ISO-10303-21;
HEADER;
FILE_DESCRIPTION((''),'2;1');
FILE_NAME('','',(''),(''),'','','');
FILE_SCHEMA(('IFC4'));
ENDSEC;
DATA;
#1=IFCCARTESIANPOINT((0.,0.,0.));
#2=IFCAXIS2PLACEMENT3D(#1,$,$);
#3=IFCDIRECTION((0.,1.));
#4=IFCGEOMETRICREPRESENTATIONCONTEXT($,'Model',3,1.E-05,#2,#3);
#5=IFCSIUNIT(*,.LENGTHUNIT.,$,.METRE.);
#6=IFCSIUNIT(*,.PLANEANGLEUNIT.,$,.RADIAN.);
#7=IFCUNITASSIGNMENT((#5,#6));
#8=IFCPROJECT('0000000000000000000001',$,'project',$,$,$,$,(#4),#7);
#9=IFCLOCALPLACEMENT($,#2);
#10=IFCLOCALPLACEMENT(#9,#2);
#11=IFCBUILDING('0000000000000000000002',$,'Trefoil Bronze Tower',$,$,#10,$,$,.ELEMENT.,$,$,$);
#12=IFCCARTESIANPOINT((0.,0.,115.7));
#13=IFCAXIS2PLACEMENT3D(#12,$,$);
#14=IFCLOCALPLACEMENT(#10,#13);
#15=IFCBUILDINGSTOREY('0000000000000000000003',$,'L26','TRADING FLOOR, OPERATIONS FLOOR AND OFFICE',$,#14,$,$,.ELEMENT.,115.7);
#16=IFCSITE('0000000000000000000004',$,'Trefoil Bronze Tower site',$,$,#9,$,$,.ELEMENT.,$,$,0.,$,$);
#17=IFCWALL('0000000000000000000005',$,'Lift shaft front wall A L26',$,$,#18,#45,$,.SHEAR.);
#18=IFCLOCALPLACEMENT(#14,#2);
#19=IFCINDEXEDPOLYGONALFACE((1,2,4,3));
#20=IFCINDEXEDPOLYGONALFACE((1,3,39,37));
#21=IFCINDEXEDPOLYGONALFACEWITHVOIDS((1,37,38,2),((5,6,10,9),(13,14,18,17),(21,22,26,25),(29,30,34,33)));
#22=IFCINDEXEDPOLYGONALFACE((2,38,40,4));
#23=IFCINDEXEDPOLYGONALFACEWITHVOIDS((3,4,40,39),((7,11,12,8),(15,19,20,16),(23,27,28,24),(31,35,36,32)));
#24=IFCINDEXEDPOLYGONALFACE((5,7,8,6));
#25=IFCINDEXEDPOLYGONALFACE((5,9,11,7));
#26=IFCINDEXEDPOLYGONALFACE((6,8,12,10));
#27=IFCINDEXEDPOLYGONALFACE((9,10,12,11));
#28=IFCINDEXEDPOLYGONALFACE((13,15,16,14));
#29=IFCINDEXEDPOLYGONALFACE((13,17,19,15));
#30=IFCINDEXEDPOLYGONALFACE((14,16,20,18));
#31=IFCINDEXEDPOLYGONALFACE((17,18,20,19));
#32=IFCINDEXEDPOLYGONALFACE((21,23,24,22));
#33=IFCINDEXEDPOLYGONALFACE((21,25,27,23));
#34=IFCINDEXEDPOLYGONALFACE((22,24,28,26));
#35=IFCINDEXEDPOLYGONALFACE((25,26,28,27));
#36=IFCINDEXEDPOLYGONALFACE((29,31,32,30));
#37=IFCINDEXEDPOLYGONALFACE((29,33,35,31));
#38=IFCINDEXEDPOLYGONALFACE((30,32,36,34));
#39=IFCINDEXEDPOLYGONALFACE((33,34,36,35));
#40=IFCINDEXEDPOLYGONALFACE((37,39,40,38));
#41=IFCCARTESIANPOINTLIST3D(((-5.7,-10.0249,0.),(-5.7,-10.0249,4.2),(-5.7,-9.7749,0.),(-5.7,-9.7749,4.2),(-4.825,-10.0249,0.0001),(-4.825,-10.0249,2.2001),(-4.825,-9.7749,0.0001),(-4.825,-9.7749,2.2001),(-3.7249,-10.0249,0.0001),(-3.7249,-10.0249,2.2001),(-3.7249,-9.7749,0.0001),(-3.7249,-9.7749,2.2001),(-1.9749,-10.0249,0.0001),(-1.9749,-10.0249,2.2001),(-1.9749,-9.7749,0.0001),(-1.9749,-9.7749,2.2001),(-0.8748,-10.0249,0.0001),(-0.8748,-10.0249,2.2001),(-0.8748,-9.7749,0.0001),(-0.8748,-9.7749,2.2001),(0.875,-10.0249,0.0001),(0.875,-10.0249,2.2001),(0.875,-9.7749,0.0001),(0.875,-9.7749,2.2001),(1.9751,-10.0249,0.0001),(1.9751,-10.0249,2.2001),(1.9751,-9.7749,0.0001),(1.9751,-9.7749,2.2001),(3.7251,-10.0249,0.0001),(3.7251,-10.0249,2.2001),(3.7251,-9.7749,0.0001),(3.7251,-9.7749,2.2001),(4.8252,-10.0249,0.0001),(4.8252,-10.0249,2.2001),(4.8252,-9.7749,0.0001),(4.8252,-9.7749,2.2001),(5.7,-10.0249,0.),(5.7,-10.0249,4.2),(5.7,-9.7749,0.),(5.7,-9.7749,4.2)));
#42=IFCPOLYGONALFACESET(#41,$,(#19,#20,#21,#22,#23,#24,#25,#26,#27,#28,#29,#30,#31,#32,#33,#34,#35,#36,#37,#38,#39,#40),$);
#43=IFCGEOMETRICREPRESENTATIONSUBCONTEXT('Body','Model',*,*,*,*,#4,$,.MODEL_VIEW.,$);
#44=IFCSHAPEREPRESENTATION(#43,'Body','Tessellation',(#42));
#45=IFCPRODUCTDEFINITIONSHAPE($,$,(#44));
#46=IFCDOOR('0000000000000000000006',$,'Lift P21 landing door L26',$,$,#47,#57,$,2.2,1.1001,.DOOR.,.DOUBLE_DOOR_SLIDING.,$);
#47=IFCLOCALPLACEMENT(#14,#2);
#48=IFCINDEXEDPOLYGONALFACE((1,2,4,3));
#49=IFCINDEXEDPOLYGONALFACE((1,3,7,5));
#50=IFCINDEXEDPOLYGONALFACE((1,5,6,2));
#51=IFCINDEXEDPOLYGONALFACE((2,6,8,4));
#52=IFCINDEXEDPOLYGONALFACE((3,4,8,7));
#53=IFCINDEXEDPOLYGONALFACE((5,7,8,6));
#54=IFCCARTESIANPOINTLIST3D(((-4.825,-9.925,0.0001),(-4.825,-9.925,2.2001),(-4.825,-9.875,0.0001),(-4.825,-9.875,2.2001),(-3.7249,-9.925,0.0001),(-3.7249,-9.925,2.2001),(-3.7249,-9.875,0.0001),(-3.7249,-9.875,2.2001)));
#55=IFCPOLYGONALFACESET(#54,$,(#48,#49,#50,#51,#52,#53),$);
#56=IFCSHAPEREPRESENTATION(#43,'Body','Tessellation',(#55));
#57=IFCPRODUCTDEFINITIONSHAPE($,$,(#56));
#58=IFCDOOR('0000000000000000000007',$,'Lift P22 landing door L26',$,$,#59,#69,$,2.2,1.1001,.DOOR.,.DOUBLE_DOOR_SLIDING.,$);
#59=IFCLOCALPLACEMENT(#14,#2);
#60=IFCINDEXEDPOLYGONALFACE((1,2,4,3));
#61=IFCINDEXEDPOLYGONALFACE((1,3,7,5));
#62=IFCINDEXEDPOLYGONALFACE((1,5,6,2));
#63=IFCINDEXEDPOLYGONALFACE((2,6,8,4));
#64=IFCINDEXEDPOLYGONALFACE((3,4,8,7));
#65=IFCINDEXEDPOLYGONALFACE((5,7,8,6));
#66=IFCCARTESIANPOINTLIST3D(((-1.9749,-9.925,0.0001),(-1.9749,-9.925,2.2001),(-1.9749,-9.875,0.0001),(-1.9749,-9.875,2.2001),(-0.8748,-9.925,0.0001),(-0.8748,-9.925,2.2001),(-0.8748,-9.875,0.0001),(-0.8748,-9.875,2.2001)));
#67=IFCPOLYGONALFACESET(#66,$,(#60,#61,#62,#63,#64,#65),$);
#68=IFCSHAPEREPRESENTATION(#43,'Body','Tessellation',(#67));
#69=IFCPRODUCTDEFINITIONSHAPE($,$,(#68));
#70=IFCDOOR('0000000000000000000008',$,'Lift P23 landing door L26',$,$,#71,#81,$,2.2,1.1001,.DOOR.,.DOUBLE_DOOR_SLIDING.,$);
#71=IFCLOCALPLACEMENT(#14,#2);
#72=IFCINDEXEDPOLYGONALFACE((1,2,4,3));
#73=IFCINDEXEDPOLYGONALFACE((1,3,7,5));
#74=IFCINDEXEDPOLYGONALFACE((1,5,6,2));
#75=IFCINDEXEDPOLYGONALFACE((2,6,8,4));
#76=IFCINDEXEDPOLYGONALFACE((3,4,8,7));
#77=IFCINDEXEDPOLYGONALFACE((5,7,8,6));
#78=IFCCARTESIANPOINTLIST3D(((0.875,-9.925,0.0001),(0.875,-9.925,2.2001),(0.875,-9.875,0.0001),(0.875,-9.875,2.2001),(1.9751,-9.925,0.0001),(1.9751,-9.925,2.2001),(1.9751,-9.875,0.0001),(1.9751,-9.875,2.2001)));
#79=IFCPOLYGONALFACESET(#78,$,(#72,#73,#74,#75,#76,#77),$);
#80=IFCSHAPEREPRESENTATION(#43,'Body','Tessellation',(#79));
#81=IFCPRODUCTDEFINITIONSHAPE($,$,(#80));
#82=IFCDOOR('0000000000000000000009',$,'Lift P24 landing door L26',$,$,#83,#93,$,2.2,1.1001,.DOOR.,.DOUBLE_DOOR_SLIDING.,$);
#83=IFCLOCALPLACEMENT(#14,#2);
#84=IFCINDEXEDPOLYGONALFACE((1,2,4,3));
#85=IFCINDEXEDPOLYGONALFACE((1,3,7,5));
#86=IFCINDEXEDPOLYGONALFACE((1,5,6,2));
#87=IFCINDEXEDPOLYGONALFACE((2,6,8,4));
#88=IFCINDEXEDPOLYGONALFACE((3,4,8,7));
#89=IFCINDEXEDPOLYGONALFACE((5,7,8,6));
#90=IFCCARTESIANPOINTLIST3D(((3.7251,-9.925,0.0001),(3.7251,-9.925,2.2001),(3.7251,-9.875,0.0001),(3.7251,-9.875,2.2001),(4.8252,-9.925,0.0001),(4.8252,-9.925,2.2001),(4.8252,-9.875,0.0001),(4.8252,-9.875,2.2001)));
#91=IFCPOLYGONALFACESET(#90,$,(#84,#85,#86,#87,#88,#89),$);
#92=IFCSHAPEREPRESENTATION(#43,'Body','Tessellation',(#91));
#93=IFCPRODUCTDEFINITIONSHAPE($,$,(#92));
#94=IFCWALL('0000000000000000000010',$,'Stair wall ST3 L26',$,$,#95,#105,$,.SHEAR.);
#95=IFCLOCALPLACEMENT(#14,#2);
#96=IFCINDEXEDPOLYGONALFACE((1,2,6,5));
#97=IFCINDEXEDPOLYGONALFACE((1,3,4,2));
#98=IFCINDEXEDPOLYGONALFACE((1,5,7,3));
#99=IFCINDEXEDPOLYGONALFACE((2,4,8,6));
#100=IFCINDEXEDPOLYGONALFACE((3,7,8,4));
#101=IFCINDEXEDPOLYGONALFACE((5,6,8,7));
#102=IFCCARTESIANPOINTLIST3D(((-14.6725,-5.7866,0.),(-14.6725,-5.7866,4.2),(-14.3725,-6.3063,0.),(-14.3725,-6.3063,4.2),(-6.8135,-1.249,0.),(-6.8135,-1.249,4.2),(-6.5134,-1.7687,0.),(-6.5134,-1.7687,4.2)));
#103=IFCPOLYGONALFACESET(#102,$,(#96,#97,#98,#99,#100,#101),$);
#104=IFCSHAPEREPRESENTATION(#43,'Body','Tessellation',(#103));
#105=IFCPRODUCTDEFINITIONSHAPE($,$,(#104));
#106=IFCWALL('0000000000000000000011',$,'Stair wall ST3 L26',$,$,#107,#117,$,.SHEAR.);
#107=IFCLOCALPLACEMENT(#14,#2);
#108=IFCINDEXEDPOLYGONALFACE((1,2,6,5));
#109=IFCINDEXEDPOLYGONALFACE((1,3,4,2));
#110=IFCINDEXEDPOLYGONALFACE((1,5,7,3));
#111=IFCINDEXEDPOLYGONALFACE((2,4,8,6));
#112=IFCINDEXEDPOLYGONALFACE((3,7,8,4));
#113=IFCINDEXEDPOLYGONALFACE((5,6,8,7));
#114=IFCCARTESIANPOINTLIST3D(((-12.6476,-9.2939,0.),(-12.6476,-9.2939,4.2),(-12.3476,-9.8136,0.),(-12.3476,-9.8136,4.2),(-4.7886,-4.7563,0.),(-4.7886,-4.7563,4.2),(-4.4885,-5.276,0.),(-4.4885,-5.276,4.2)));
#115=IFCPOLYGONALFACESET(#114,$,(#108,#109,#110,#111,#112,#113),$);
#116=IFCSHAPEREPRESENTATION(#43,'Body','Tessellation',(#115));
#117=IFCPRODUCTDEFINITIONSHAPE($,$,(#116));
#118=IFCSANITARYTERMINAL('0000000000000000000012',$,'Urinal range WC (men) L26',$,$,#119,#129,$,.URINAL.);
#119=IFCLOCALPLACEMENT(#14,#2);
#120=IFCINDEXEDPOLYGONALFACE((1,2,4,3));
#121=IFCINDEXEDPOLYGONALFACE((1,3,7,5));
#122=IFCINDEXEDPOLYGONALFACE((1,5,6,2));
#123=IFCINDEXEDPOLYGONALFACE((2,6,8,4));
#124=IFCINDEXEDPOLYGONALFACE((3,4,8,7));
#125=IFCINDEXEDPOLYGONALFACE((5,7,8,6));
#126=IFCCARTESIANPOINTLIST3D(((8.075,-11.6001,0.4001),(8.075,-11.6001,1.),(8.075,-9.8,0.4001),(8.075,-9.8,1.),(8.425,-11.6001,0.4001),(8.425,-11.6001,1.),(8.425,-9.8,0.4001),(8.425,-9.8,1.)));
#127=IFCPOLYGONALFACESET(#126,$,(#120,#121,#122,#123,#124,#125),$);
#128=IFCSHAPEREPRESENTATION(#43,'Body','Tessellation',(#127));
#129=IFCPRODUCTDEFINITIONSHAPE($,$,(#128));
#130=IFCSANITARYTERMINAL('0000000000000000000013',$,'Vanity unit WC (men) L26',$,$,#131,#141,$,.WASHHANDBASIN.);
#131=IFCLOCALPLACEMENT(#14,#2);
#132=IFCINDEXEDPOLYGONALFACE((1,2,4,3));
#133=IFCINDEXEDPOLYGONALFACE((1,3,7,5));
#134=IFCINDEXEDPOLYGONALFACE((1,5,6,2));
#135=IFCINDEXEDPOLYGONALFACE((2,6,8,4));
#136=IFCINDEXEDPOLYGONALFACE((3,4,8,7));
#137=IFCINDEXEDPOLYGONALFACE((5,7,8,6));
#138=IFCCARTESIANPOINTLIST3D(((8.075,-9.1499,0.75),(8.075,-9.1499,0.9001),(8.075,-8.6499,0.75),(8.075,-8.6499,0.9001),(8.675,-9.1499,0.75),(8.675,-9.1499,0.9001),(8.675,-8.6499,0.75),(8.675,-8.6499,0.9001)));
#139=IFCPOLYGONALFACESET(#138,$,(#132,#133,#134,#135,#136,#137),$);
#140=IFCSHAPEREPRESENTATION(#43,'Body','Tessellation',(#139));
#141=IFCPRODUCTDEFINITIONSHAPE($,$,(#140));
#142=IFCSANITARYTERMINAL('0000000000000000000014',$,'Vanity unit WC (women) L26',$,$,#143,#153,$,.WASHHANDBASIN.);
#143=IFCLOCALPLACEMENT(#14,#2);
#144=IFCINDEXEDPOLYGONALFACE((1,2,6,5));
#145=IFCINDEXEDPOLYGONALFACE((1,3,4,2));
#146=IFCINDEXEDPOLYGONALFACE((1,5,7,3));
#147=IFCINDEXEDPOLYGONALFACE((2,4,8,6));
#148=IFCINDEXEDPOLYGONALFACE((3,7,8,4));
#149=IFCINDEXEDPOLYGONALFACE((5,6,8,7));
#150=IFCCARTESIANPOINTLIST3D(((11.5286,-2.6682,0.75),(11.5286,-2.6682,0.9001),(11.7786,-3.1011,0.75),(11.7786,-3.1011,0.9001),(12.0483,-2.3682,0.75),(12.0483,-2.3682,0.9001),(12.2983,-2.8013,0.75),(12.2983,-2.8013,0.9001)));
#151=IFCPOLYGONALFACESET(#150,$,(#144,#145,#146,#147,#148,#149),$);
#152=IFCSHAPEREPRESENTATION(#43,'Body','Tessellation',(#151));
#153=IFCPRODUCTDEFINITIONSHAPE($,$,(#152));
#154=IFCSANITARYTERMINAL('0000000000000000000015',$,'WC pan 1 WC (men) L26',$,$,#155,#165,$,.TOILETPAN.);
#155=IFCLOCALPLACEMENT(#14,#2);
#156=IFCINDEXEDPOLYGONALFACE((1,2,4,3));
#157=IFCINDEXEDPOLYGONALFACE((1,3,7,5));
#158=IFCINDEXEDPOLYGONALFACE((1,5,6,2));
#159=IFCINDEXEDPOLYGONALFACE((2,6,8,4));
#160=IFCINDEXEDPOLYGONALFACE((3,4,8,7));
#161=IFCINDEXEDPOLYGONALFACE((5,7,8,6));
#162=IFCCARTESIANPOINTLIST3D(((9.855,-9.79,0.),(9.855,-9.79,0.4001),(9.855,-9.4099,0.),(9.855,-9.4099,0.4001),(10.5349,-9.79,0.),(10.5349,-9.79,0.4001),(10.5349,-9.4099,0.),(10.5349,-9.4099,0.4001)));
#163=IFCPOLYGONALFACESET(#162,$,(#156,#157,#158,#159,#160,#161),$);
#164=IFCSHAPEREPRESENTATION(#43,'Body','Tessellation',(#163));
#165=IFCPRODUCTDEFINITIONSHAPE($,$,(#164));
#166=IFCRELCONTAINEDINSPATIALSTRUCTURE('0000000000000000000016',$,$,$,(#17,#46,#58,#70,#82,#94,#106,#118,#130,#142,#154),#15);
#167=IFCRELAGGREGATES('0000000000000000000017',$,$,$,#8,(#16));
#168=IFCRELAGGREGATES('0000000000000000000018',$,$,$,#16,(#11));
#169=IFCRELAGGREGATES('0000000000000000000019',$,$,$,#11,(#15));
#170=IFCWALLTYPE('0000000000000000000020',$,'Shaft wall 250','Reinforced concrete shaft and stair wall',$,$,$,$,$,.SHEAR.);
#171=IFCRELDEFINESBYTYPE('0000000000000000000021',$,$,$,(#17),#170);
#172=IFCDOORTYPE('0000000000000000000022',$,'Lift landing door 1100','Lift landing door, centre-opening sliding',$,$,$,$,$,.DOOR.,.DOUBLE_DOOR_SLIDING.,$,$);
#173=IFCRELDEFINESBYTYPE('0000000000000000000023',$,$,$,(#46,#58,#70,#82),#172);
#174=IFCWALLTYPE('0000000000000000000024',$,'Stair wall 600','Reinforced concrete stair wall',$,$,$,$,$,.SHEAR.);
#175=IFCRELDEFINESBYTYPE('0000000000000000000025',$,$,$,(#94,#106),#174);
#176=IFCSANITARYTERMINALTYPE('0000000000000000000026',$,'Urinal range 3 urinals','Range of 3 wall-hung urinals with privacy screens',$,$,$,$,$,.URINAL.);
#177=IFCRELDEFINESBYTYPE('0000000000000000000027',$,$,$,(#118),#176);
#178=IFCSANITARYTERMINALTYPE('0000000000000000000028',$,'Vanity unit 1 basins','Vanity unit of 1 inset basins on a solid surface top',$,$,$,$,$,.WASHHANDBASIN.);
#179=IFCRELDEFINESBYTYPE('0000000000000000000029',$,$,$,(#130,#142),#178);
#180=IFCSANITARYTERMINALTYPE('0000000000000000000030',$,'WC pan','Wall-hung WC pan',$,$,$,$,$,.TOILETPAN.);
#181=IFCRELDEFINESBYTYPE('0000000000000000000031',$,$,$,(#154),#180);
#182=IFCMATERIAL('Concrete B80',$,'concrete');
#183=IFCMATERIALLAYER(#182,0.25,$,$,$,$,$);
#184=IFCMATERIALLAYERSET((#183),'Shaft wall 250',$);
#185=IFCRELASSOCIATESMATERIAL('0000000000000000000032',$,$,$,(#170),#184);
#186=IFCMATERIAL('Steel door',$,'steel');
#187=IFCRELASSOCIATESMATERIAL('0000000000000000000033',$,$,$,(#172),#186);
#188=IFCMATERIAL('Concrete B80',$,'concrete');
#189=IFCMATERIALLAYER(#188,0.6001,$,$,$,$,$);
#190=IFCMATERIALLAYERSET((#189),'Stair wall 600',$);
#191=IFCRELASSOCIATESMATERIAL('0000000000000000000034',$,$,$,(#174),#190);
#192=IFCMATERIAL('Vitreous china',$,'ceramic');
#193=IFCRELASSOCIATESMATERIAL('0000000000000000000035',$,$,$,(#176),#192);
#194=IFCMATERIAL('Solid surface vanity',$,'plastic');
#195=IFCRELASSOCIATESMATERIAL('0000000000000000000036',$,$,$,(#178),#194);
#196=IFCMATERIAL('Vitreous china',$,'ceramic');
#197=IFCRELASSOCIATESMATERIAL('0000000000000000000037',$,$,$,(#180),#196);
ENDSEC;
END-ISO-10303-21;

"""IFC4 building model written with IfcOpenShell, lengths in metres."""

from ifc_helpers import new_model, si_unit, direction, frame, frame_2d, origin, place, context, subcontext, project, spatial, polyline, rectangle, outline, extrude, material, layer, layer_set, type_object, element, fill, save


model = new_model("IFC4")

# Units and contexts
model_context = context("Model", 3, precision=1e-05, world=origin(), true_north=direction((0.0, 1.0)))
body_context = subcontext(model_context, "Body", "Model", "MODEL_VIEW")
ifc_project = project(units=[si_unit("LENGTHUNIT", "METRE"), si_unit("PLANEANGLEUNIT", "RADIAN")], contexts=[model_context])

# Site, building, storey
site_placement = place(None, origin())
site = spatial("IfcSite", under=ifc_project, at=site_placement, Name="Trefoil Bronze Tower site", CompositionType="ELEMENT", RefElevation=0.0)
building_placement = place(site_placement, origin())
building = spatial("IfcBuilding", under=site, at=building_placement, Name="Trefoil Bronze Tower", CompositionType="ELEMENT")
storey_placement = place(building_placement, frame((0.0, 0.0, 115.7)))
storey = spatial("IfcBuildingStorey", under=building, at=storey_placement, Name="L26", Description="TRADING FLOOR, OPERATIONS FLOOR AND OFFICE", CompositionType="ELEMENT", Elevation=115.7)

# Wall, openings, doors
ifc_material_1 = material(Name="Concrete B80", Category="concrete")
ifc_layer_1 = layer(ifc_material_1, 0.25)
ifc_layer_set_1 = layer_set([ifc_layer_1], Name="Shaft wall 250")
wall_type_1 = type_object("IfcWallType", Name="Shaft wall 250", Description="Reinforced concrete shaft and stair wall", PredefinedType="SHEAR", material=ifc_layer_set_1)
wall_1_placement = place(storey_placement, frame((-5.7, -9.8999, 0.0), z_axis=(0.0, 0.0, 1.0), x_axis=(1.0, 0.0, 0.0)))
wall_1 = element("IfcWall", 1, at=wall_1_placement, inside=storey, type_object=wall_type_1, Name="Lift shaft front wall A L26", PredefinedType="SHEAR", context=body_context, shape_type="SweptSolid", body=[
    extrude(rectangle(XDim=11.3999, YDim=0.25, at=frame_2d((5.7, 0.0))), origin(), (0.0, 0.0, 1.0), 4.2),
])
opening_1_placement = place(wall_1_placement, frame((0.875, 0.0, 0.0)))
opening_1 = element("IfcOpeningElement", 2, at=opening_1_placement, cuts=wall_1, PredefinedType="OPENING", context=body_context, shape_type="SweptSolid", body=[
    extrude(rectangle(XDim=1.1001, YDim=2.2, at=frame_2d((0.55, 1.1001))), frame((0.0, 0.135, 0.0), z_axis=(0.0, -1.0, 0.0), x_axis=(1.0, 0.0, 0.0)), (0.0, 0.0, 1.0), 0.27),
])
opening_2_placement = place(wall_1_placement, frame((3.7251, 0.0, 0.0)))
opening_2 = element("IfcOpeningElement", 3, at=opening_2_placement, cuts=wall_1, PredefinedType="OPENING", context=body_context, shape_type="SweptSolid", body=[
    extrude(rectangle(XDim=1.1001, YDim=2.2, at=frame_2d((0.55, 1.1001))), frame((0.0, 0.135, 0.0), z_axis=(0.0, -1.0, 0.0), x_axis=(1.0, 0.0, 0.0)), (0.0, 0.0, 1.0), 0.27),
])
opening_3_placement = place(wall_1_placement, frame((6.575, 0.0, 0.0)))
opening_3 = element("IfcOpeningElement", 4, at=opening_3_placement, cuts=wall_1, PredefinedType="OPENING", context=body_context, shape_type="SweptSolid", body=[
    extrude(rectangle(XDim=1.1001, YDim=2.2, at=frame_2d((0.55, 1.1001))), frame((0.0, 0.135, 0.0), z_axis=(0.0, -1.0, 0.0), x_axis=(1.0, 0.0, 0.0)), (0.0, 0.0, 1.0), 0.27),
])
opening_4_placement = place(wall_1_placement, frame((9.425, 0.0, 0.0)))
opening_4 = element("IfcOpeningElement", 5, at=opening_4_placement, cuts=wall_1, PredefinedType="OPENING", context=body_context, shape_type="SweptSolid", body=[
    extrude(rectangle(XDim=1.1001, YDim=2.2, at=frame_2d((0.55, 1.1001))), frame((0.0, 0.135, 0.0), z_axis=(0.0, -1.0, 0.0), x_axis=(1.0, 0.0, 0.0)), (0.0, 0.0, 1.0), 0.27),
])
ifc_material_2 = material(Name="Steel door", Category="steel")
door_type_1 = type_object("IfcDoorType", Name="Lift landing door 1100", Description="Lift landing door, centre-opening sliding", OperationType="DOUBLE_DOOR_SLIDING", PredefinedType="DOOR", material=ifc_material_2)
door_1_placement = place(opening_1_placement, origin())
door_1 = element("IfcDoor", 6, at=door_1_placement, inside=storey, type_object=door_type_1, Name="Lift P21 landing door L26", OperationType="DOUBLE_DOOR_SLIDING", OverallHeight=2.2, OverallWidth=1.1001, PredefinedType="DOOR", context=body_context, shape_type="SweptSolid", body=[
    extrude(rectangle(XDim=1.1001, YDim=2.2, at=frame_2d((0.55, 1.1001))), frame((0.0, 0.0249, 0.0), z_axis=(0.0, -1.0, 0.0), x_axis=(1.0, 0.0, 0.0)), (0.0, 0.0, 1.0), 0.05),
])
fill(opening_1, door_1)
door_2_placement = place(opening_2_placement, origin())
door_2 = element("IfcDoor", 7, at=door_2_placement, inside=storey, type_object=door_type_1, Name="Lift P22 landing door L26", OperationType="DOUBLE_DOOR_SLIDING", OverallHeight=2.2, OverallWidth=1.1001, PredefinedType="DOOR", context=body_context, shape_type="SweptSolid", body=[
    extrude(rectangle(XDim=1.1001, YDim=2.2, at=frame_2d((0.55, 1.1001))), frame((0.0, 0.0249, 0.0), z_axis=(0.0, -1.0, 0.0), x_axis=(1.0, 0.0, 0.0)), (0.0, 0.0, 1.0), 0.05),
])
fill(opening_2, door_2)
door_3_placement = place(opening_3_placement, origin())
door_3 = element("IfcDoor", 8, at=door_3_placement, inside=storey, type_object=door_type_1, Name="Lift P23 landing door L26", OperationType="DOUBLE_DOOR_SLIDING", OverallHeight=2.2, OverallWidth=1.1001, PredefinedType="DOOR", context=body_context, shape_type="SweptSolid", body=[
    extrude(rectangle(XDim=1.1001, YDim=2.2, at=frame_2d((0.55, 1.1001))), frame((0.0, 0.0249, 0.0), z_axis=(0.0, -1.0, 0.0), x_axis=(1.0, 0.0, 0.0)), (0.0, 0.0, 1.0), 0.05),
])
fill(opening_3, door_3)
door_4_placement = place(opening_4_placement, origin())
door_4 = element("IfcDoor", 9, at=door_4_placement, inside=storey, type_object=door_type_1, Name="Lift P24 landing door L26", OperationType="DOUBLE_DOOR_SLIDING", OverallHeight=2.2, OverallWidth=1.1001, PredefinedType="DOOR", context=body_context, shape_type="SweptSolid", body=[
    extrude(rectangle(XDim=1.1001, YDim=2.2, at=frame_2d((0.55, 1.1001))), frame((0.0, 0.0249, 0.0), z_axis=(0.0, -1.0, 0.0), x_axis=(1.0, 0.0, 0.0)), (0.0, 0.0, 1.0), 0.05),
])
fill(opening_4, door_4)

# Walls
ifc_material_3 = material(Name="Concrete B80", Category="concrete")
ifc_layer_2 = layer(ifc_material_3, 0.6001)
ifc_layer_set_2 = layer_set([ifc_layer_2], Name="Stair wall 600")
wall_type_2 = type_object("IfcWallType", Name="Stair wall 600", Description="Reinforced concrete stair wall", PredefinedType="SHEAR", material=ifc_layer_set_2)
for number, where, z_axis, x_axis, name in (
    (10, (-6.6633, -1.5088, 0.0), (0.0, 0.0, 1.0), (-0.866019, -0.50001, 0.0), "Stair wall ST3 L26"),
    (11, (-4.6384, -5.0161, 0.0), (0.0, 0.0, 1.0), (-0.866019, -0.50001, 0.0), "Stair wall ST3 L26"),
):
    element("IfcWall", number, at=place(storey_placement, frame(where, z_axis=z_axis, x_axis=x_axis)), inside=storey, type_object=wall_type_2, Name=name, PredefinedType="SHEAR", context=body_context, shape_type="SweptSolid", body=[
        extrude(rectangle(XDim=9.075, YDim=0.6001, at=frame_2d((4.5376, 0.0))), origin(), (0.0, 0.0, 1.0), 4.2),
    ])

# Sanitary terminals
ifc_material_4 = material(Name="Vitreous china", Category="ceramic")
sanitary_terminal_type_1 = type_object("IfcSanitaryTerminalType", Name="Urinal range 3 urinals", Description="Range of 3 wall-hung urinals with privacy screens", PredefinedType="URINAL", material=ifc_material_4)
sanitary_terminal_1_placement = place(storey_placement, frame((0.0, 0.0, 0.4001)))
element("IfcSanitaryTerminal", 12, at=sanitary_terminal_1_placement, inside=storey, type_object=sanitary_terminal_type_1, Name="Urinal range WC (men) L26", PredefinedType="URINAL", context=body_context, shape_type="SweptSolid", body=[
    extrude(outline(polyline([(8.075, -9.8), (8.425, -9.8), (8.425, -11.6001), (8.075, -11.6001), (8.075, -9.8)])), origin(), (0.0, 0.0, 1.0), 0.5999),
])
ifc_material_5 = material(Name="Solid surface vanity", Category="plastic")
sanitary_terminal_type_2 = type_object("IfcSanitaryTerminalType", Name="Vanity unit 1 basins", Description="Vanity unit of 1 inset basins on a solid surface top", PredefinedType="WASHHANDBASIN", material=ifc_material_5)
sanitary_terminal_2_placement = place(storey_placement, frame((0.0, 0.0, 0.75)))
element("IfcSanitaryTerminal", 13, at=sanitary_terminal_2_placement, inside=storey, type_object=sanitary_terminal_type_2, Name="Vanity unit WC (men) L26", PredefinedType="WASHHANDBASIN", context=body_context, shape_type="SweptSolid", body=[
    extrude(outline(polyline([(8.075, -8.6499), (8.675, -8.6499), (8.675, -9.1499), (8.075, -9.1499), (8.075, -8.6499)])), origin(), (0.0, 0.0, 1.0), 0.1501),
])
sanitary_terminal_3_placement = place(storey_placement, frame((0.0, 0.0, 0.75)))
element("IfcSanitaryTerminal", 14, at=sanitary_terminal_3_placement, inside=storey, type_object=sanitary_terminal_type_2, Name="Vanity unit WC (women) L26", PredefinedType="WASHHANDBASIN", context=body_context, shape_type="SweptSolid", body=[
    extrude(outline(polyline([(11.5286, -2.6682), (11.7786, -3.1011), (12.2983, -2.8013), (12.0483, -2.3682), (11.5286, -2.6682)])), origin(), (0.0, 0.0, 1.0), 0.1501),
])
ifc_material_6 = material(Name="Vitreous china", Category="ceramic")
sanitary_terminal_type_3 = type_object("IfcSanitaryTerminalType", Name="WC pan", Description="Wall-hung WC pan", PredefinedType="TOILETPAN", material=ifc_material_6)
sanitary_terminal_4_placement = place(storey_placement, origin())
element("IfcSanitaryTerminal", 15, at=sanitary_terminal_4_placement, inside=storey, type_object=sanitary_terminal_type_3, Name="WC pan 1 WC (men) L26", PredefinedType="TOILETPAN", context=body_context, shape_type="SweptSolid", body=[
    extrude(outline(polyline([(9.855, -9.4099), (10.5349, -9.4099), (10.5349, -9.79), (9.855, -9.79), (9.855, -9.4099)])), origin(), (0.0, 0.0, 1.0), 0.4001),
])

save(model, "model.ifc")
